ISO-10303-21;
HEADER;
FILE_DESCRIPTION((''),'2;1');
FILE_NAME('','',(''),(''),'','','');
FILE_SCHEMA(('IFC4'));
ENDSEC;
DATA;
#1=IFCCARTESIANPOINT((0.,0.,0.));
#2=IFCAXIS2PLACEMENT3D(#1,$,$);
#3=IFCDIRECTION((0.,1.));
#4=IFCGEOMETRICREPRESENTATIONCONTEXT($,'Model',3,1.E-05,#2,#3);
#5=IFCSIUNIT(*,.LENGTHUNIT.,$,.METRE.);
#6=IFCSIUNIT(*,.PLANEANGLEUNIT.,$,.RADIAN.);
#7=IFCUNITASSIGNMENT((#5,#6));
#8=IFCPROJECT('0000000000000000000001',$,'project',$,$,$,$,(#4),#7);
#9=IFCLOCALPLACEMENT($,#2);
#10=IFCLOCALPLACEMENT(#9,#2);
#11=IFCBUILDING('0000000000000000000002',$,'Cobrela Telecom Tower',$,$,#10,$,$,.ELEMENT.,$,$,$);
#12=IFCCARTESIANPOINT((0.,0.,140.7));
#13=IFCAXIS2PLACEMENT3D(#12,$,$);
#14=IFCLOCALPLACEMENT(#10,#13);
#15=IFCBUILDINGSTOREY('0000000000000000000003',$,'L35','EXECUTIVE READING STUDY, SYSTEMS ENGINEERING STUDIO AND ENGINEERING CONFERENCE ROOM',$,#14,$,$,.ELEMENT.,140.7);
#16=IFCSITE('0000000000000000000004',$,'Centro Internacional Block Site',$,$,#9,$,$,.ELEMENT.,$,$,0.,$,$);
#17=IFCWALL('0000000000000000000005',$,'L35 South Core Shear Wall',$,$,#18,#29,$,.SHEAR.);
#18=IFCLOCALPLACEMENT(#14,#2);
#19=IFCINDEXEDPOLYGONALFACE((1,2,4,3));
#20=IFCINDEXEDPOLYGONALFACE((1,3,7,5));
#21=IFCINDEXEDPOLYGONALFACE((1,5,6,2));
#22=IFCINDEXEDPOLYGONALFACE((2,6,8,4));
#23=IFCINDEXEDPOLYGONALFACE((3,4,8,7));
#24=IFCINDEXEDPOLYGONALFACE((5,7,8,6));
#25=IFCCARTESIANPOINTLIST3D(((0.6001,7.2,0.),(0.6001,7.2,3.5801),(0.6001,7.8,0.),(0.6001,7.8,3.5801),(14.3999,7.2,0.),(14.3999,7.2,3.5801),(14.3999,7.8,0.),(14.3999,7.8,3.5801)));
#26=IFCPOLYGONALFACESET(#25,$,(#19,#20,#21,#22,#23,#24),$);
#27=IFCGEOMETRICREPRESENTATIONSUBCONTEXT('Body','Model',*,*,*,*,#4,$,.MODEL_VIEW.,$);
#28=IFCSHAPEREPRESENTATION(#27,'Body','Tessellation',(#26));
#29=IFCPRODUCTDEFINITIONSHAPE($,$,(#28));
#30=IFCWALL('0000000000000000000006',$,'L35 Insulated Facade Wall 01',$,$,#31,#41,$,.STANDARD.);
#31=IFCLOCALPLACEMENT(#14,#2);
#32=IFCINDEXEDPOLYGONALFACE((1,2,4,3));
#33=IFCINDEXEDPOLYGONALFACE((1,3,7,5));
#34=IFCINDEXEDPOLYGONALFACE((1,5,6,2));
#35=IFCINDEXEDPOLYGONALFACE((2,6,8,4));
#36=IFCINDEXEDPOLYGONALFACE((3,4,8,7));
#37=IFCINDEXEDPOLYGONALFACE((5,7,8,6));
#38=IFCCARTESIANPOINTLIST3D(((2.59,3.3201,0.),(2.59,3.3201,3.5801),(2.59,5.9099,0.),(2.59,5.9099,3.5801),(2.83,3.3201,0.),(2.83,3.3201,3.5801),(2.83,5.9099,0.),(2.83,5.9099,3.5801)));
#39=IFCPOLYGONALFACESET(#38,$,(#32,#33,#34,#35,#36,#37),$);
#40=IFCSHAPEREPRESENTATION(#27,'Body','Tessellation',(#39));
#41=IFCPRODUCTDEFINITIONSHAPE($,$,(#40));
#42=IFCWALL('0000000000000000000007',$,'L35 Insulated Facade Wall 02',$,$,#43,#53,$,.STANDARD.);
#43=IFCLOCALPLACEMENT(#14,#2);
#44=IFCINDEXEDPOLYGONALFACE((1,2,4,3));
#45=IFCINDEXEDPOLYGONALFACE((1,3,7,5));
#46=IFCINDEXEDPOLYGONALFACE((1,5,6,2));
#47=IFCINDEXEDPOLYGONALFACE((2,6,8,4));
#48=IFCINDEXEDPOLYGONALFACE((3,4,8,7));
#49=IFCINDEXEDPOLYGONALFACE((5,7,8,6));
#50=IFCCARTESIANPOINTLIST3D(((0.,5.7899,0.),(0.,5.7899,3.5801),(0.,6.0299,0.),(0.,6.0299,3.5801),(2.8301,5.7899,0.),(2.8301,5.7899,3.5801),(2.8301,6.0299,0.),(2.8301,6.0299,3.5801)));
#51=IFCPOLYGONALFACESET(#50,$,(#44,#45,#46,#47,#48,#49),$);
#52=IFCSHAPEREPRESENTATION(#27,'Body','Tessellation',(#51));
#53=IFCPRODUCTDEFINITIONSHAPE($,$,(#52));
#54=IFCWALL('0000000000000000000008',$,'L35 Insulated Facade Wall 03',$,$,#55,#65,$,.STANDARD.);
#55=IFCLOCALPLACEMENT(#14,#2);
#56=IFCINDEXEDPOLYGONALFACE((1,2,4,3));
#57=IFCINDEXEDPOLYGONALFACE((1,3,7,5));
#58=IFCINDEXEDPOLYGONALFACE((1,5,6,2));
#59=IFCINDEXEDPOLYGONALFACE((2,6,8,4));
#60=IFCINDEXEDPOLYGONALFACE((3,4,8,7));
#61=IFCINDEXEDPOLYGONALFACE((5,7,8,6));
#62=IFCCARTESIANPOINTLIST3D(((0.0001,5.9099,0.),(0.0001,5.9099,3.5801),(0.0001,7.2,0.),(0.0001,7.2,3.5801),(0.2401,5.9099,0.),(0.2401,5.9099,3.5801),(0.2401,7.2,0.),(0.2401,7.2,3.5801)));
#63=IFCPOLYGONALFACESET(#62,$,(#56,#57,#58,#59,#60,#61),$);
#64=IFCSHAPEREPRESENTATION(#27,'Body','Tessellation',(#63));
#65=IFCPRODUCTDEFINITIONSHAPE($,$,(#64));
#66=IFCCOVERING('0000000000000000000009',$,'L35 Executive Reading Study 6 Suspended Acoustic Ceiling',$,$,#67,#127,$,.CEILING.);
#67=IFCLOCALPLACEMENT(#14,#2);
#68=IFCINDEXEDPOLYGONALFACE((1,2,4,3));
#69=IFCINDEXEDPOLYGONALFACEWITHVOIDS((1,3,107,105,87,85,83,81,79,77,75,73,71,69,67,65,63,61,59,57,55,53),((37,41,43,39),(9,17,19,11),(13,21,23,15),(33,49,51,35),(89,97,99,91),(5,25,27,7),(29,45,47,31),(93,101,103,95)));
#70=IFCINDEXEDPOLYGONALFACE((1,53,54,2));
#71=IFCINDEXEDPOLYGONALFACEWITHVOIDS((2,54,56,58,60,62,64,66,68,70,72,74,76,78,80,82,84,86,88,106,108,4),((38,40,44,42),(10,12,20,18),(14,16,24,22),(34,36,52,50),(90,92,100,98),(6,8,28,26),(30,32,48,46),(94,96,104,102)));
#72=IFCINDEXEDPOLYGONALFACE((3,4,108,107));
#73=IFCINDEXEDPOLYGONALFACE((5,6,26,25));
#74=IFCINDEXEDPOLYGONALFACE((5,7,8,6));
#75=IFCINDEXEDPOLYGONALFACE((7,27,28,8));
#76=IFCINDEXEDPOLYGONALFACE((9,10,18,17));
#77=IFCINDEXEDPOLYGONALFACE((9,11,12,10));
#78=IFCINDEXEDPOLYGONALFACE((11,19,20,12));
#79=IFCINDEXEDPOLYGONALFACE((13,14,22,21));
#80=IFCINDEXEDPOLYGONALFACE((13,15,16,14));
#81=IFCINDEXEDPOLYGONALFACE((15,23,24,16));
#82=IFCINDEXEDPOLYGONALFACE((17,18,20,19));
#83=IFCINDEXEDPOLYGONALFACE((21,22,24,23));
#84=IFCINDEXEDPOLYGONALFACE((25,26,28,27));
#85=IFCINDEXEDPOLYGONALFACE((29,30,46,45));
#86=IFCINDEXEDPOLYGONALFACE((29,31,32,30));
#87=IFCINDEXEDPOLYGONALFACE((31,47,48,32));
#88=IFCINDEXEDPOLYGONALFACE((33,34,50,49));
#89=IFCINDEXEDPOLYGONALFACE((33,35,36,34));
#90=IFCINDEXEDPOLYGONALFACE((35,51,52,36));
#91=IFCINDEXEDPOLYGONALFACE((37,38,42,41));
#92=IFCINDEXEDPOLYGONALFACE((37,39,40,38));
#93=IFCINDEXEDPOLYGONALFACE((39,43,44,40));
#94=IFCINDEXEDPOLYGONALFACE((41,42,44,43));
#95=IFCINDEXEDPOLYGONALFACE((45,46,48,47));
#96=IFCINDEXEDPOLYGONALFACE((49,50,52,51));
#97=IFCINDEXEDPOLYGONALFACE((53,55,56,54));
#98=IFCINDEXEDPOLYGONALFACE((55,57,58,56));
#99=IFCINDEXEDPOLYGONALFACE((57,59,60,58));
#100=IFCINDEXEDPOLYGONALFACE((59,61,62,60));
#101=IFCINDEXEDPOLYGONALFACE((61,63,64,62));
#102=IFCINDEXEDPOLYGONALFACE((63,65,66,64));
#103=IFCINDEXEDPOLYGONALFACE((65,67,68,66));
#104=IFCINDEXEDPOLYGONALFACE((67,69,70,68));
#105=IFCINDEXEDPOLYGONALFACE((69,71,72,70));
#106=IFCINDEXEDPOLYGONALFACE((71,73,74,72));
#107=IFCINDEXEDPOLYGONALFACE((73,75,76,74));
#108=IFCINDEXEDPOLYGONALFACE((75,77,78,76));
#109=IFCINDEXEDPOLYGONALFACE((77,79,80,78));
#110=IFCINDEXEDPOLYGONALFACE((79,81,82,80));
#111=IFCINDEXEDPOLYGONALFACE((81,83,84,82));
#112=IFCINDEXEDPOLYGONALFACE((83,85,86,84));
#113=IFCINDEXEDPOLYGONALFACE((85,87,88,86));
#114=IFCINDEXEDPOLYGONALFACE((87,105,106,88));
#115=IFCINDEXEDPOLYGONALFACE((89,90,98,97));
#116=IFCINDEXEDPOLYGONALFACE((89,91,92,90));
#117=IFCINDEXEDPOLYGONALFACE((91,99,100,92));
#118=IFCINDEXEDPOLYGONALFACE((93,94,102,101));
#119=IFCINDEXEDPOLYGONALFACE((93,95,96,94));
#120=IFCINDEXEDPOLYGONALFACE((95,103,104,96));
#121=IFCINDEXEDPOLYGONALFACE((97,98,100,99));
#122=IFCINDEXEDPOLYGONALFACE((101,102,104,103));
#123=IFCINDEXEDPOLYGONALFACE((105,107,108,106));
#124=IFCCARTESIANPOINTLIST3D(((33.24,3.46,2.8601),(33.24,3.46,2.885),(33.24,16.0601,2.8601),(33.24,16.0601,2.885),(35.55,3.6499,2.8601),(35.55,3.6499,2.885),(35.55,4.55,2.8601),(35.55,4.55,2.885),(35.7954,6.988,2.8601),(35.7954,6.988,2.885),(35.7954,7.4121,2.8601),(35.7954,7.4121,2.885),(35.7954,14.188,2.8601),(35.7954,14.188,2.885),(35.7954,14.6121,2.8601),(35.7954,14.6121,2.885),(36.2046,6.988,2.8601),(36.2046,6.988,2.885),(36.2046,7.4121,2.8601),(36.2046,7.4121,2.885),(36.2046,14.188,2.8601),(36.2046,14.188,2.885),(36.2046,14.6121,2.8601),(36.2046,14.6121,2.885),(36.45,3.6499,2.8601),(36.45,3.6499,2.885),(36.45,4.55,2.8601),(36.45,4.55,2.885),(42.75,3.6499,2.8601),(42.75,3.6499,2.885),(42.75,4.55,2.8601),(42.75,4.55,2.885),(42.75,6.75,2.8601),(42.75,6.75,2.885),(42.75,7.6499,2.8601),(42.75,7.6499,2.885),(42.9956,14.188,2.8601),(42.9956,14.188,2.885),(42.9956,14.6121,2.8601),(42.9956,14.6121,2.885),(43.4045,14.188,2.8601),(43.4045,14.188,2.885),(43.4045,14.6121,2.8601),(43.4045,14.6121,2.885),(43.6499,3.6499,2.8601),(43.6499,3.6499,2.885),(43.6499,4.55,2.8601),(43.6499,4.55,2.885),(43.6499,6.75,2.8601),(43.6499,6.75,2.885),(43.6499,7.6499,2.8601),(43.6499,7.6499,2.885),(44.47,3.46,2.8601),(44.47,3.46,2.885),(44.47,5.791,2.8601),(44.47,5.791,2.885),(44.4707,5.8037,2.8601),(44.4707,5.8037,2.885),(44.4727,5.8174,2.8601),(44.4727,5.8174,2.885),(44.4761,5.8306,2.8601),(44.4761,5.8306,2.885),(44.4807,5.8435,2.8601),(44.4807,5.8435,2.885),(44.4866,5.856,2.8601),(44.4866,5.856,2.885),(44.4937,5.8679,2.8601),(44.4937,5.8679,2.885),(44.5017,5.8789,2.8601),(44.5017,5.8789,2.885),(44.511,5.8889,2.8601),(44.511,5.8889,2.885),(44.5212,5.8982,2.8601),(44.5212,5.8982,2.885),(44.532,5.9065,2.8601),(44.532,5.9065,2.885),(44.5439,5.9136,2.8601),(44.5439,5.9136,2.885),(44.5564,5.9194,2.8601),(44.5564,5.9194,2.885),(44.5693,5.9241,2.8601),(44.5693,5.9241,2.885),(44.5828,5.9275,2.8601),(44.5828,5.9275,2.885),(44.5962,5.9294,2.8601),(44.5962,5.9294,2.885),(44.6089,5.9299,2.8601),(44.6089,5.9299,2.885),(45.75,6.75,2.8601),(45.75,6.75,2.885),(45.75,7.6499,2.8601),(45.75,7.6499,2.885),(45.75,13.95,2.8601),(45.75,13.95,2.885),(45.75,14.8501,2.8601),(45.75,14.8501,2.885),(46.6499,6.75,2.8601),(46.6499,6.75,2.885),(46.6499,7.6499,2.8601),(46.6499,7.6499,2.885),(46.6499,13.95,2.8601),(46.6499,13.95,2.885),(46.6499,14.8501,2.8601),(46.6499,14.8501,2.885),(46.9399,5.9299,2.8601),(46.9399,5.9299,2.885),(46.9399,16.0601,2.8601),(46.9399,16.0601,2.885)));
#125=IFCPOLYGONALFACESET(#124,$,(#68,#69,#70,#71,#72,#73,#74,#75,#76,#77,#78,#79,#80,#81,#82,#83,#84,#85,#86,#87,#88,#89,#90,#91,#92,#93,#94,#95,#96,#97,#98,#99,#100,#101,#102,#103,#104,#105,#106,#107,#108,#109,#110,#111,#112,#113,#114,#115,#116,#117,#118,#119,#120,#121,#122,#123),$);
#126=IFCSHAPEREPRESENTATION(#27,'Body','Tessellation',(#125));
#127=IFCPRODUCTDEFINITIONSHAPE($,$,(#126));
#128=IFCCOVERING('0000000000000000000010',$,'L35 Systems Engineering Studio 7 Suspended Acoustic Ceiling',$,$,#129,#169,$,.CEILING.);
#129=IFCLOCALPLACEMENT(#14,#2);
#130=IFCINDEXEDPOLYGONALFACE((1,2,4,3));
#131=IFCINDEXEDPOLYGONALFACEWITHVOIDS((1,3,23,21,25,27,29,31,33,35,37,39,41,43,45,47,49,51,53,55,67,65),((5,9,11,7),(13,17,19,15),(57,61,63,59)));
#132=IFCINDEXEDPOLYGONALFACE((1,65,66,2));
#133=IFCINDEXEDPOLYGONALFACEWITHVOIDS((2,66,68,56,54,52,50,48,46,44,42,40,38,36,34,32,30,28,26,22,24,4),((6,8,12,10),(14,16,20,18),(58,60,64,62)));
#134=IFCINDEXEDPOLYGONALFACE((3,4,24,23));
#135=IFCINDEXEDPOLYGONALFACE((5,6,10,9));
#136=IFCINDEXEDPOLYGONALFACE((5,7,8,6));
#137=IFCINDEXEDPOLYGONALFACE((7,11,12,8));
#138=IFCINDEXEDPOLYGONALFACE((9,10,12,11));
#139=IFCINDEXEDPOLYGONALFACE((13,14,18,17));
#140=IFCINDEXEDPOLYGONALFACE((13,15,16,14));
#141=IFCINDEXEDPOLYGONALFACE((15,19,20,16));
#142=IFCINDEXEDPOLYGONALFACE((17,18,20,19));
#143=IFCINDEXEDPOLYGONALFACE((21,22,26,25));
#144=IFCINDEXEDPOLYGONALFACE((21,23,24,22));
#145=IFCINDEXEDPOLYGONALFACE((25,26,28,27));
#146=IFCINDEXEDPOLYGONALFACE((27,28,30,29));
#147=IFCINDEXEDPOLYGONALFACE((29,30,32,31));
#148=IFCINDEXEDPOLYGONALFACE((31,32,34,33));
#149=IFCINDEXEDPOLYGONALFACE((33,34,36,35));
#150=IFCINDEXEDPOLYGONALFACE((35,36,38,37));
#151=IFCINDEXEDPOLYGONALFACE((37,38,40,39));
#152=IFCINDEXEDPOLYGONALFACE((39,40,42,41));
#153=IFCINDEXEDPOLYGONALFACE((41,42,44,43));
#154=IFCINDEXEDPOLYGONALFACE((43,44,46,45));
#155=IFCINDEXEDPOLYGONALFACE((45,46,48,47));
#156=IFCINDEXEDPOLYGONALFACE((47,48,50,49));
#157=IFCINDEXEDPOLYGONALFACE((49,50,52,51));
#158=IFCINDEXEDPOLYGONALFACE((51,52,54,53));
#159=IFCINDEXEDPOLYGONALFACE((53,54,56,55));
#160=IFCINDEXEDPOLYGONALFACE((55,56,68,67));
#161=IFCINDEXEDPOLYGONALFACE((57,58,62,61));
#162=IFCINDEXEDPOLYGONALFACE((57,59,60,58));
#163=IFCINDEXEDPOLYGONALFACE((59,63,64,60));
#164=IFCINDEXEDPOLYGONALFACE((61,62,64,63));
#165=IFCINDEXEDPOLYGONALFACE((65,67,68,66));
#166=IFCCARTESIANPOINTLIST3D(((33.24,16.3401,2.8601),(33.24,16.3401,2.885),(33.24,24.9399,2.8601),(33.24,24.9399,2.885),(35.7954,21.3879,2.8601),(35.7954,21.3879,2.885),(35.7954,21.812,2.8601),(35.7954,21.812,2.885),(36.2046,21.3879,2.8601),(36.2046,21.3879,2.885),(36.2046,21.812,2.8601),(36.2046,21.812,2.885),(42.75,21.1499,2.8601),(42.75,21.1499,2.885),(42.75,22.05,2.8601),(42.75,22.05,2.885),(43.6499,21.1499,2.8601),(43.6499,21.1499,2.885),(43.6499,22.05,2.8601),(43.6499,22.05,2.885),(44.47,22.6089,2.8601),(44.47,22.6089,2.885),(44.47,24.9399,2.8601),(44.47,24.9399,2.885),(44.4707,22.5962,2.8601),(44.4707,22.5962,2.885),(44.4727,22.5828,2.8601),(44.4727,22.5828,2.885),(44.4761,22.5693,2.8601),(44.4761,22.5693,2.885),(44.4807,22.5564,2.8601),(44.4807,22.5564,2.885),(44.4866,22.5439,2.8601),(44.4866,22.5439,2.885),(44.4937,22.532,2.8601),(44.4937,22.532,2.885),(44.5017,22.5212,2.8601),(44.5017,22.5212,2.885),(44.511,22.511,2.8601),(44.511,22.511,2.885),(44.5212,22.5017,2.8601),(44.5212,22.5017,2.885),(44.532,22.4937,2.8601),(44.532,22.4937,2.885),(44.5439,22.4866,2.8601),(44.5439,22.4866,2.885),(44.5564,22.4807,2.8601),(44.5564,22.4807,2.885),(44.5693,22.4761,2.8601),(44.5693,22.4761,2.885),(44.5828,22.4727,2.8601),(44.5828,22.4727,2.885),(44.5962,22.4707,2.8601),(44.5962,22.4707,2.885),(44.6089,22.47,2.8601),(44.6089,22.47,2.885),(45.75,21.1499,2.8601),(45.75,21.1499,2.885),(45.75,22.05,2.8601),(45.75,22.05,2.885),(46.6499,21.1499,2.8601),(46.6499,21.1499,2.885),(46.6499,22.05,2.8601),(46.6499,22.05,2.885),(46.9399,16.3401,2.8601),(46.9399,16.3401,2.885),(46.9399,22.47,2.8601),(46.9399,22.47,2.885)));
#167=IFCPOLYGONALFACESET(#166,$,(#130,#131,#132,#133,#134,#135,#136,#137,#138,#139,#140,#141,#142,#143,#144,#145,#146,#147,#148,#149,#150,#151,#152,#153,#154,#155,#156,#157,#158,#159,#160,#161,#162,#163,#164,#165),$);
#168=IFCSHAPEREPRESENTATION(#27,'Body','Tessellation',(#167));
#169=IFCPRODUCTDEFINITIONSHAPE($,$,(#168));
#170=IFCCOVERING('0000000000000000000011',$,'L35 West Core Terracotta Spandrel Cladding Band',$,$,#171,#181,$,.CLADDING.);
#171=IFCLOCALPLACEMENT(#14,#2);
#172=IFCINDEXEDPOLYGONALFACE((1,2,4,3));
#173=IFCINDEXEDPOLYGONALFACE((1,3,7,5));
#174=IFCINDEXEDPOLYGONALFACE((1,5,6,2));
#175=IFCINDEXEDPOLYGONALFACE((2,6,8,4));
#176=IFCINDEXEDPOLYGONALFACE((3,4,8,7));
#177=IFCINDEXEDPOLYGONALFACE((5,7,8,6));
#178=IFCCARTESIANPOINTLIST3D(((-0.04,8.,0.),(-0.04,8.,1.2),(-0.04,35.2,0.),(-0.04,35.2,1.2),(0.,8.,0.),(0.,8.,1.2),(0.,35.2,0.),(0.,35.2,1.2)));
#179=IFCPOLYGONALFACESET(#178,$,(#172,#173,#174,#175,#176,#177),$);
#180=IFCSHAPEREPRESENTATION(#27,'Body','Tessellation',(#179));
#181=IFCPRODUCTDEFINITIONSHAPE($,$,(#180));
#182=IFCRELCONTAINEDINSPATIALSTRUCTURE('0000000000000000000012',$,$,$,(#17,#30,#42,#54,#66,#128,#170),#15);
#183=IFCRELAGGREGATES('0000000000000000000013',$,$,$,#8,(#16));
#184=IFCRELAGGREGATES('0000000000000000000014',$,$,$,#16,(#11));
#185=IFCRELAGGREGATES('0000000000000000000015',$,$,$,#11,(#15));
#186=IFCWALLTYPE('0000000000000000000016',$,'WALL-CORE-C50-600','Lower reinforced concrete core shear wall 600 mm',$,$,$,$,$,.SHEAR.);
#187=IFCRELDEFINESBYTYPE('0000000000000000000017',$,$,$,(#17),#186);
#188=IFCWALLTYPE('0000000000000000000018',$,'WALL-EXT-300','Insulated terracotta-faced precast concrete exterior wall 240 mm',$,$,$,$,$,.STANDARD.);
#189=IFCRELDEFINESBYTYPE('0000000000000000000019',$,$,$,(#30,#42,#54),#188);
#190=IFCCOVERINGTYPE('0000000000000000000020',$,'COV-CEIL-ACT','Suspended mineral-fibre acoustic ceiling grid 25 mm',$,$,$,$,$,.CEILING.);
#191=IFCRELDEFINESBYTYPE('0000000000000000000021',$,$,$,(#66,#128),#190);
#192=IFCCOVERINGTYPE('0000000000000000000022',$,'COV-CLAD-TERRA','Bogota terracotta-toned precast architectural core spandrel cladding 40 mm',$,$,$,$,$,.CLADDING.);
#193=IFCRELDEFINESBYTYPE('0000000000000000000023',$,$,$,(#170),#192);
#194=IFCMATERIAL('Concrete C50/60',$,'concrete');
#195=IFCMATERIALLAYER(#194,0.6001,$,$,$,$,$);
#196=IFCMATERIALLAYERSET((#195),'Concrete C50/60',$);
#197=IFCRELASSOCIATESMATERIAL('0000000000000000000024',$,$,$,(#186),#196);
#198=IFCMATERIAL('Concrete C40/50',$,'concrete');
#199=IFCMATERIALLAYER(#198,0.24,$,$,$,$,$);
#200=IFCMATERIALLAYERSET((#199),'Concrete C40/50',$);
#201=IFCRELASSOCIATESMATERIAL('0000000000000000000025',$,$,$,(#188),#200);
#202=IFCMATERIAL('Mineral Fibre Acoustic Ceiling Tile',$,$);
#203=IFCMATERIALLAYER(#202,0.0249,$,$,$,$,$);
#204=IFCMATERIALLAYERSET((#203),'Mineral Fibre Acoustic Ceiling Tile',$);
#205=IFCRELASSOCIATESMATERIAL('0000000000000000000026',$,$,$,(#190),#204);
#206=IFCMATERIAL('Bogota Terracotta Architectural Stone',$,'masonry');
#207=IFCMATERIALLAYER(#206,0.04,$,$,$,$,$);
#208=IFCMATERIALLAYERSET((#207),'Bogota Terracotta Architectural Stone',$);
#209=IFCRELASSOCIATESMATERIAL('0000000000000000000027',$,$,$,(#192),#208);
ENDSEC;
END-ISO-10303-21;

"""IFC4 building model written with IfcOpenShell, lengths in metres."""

from ifc_helpers import new_model, si_unit, direction, frame, frame_2d, origin, place, context, subcontext, project, spatial, polyline, rectangle, outline, extrude, material, layer, layer_set, type_object, element, save


model = new_model("IFC4")

# Units and contexts
model_context = context("Model", 3, precision=1e-05, world=origin(), true_north=direction((0.0, 1.0)))
body_context = subcontext(model_context, "Body", "Model", "MODEL_VIEW")
ifc_project = project(units=[si_unit("LENGTHUNIT", "METRE"), si_unit("PLANEANGLEUNIT", "RADIAN")], contexts=[model_context])

# Site, building, storey
site_placement = place(None, origin())
site = spatial("IfcSite", under=ifc_project, at=site_placement, Name="Centro Internacional Block Site", CompositionType="ELEMENT", RefElevation=0.0)
building_placement = place(site_placement, origin())
building = spatial("IfcBuilding", under=site, at=building_placement, Name="Cobrela Telecom Tower", CompositionType="ELEMENT")
storey_placement = place(building_placement, frame((0.0, 0.0, 140.7)))
storey = spatial("IfcBuildingStorey", under=building, at=storey_placement, Name="L35", Description="EXECUTIVE READING STUDY, SYSTEMS ENGINEERING STUDIO AND ENGINEERING CONFERENCE ROOM", CompositionType="ELEMENT", Elevation=140.7)

# Shared definitions
ifc_material_1 = material(Name="Concrete C40/50", Category="concrete")

# Walls
ifc_material_2 = material(Name="Concrete C50/60", Category="concrete")
ifc_layer_1 = layer(ifc_material_2, 0.6001)
ifc_layer_set_1 = layer_set([ifc_layer_1], Name="Concrete C50/60")
wall_type_1 = type_object("IfcWallType", Name="WALL-CORE-C50-600", Description="Lower reinforced concrete core shear wall 600 mm", PredefinedType="SHEAR", material=ifc_layer_set_1)
wall_1_placement = place(storey_placement, frame((0.6001, 7.5, 0.0), z_axis=(0.0, 0.0, 1.0), x_axis=(1.0, 0.0, 0.0)))
element("IfcWall", 1, at=wall_1_placement, inside=storey, type_object=wall_type_1, Name="L35 South Core Shear Wall", PredefinedType="SHEAR", context=body_context, shape_type="SweptSolid", body=[
    extrude(rectangle(XDim=13.7998, YDim=0.6001, at=frame_2d((6.8999, 0.0))), origin(), (0.0, 0.0, 1.0), 3.5801),
])
ifc_layer_2 = layer(ifc_material_1, 0.24)
ifc_layer_set_2 = layer_set([ifc_layer_2], Name="Concrete C40/50")
wall_type_2 = type_object("IfcWallType", Name="WALL-EXT-300", Description="Insulated terracotta-faced precast concrete exterior wall 240 mm", PredefinedType="STANDARD", material=ifc_layer_set_2)
wall_2_placement = place(storey_placement, frame((2.71, 3.3201, 0.0), z_axis=(0.0, 0.0, 1.0), x_axis=(0.0, 1.0, 0.0)))
element("IfcWall", 2, at=wall_2_placement, inside=storey, type_object=wall_type_2, Name="L35 Insulated Facade Wall 01", PredefinedType="STANDARD", context=body_context, shape_type="SweptSolid", body=[
    extrude(rectangle(XDim=2.5898, YDim=0.24, at=frame_2d((1.2949, 0.0))), origin(), (0.0, 0.0, 1.0), 3.5801),
])
wall_3_placement = place(storey_placement, frame((2.8301, 5.9099, 0.0), z_axis=(0.0, 0.0, 1.0), x_axis=(-1.0, 0.0, 0.0)))
element("IfcWall", 3, at=wall_3_placement, inside=storey, type_object=wall_type_2, Name="L35 Insulated Facade Wall 02", PredefinedType="STANDARD", context=body_context, shape_type="SweptSolid", body=[
    extrude(rectangle(XDim=2.8301, YDim=0.24, at=frame_2d((1.415, 0.0))), origin(), (0.0, 0.0, 1.0), 3.5801),
])
wall_4_placement = place(storey_placement, frame((0.1201, 5.9099, 0.0), z_axis=(0.0, 0.0, 1.0), x_axis=(0.0, 1.0, 0.0)))
element("IfcWall", 4, at=wall_4_placement, inside=storey, type_object=wall_type_2, Name="L35 Insulated Facade Wall 03", PredefinedType="STANDARD", context=body_context, shape_type="SweptSolid", body=[
    extrude(rectangle(XDim=1.29, YDim=0.24, at=frame_2d((0.645, 0.0))), origin(), (0.0, 0.0, 1.0), 3.5801),
])

# Coverings
ifc_material_3 = material(Name="Mineral Fibre Acoustic Ceiling Tile")
ifc_layer_3 = layer(ifc_material_3, 0.0249)
ifc_layer_set_3 = layer_set([ifc_layer_3], Name="Mineral Fibre Acoustic Ceiling Tile")
covering_type_1 = type_object("IfcCoveringType", Name="COV-CEIL-ACT", Description="Suspended mineral-fibre acoustic ceiling grid 25 mm", PredefinedType="CEILING", material=ifc_layer_set_3)
covering_1_placement = place(storey_placement, frame((0.0, 0.0, 2.8601)))
element("IfcCovering", 5, at=covering_1_placement, inside=storey, type_object=covering_type_1, Name="L35 Executive Reading Study 6 Suspended Acoustic Ceiling", PredefinedType="CEILING", context=body_context, shape_type="SweptSolid", body=[
    extrude(outline(polyline([(46.9399, 5.9299), (44.6089, 5.9299), (44.5962, 5.9294), (44.5828, 5.9275), (44.5693, 5.9241), (44.5564, 5.9194), (44.5439, 5.9136), (44.532, 5.9065), (44.5212, 5.8982), (44.511, 5.8889), (44.5017, 5.8789), (44.4937, 5.8679), (44.4866, 5.856), (44.4807, 5.8435), (44.4761, 5.8306), (44.4727, 5.8174), (44.4707, 5.8037), (44.47, 5.791), (44.47, 3.46), (33.24, 3.46), (33.24, 16.0601), (46.9399, 16.0601), (46.9399, 5.9299)]), holes=[polyline([(36.45, 3.6499), (36.45, 4.55), (35.55, 4.55), (35.55, 3.6499), (36.45, 3.6499)]), polyline([(43.6499, 3.6499), (43.6499, 4.55), (42.75, 4.55), (42.75, 3.6499), (43.6499, 3.6499)]), polyline([(36.2046, 6.988), (36.2046, 7.4121), (35.7954, 7.4121), (35.7954, 6.988), (36.2046, 6.988)]), polyline([(43.6499, 6.75), (43.6499, 7.6499), (42.75, 7.6499), (42.75, 6.75), (43.6499, 6.75)]), polyline([(46.6499, 6.75), (46.6499, 7.6499), (45.75, 7.6499), (45.75, 6.75), (46.6499, 6.75)]), polyline([(36.2046, 14.6121), (35.7954, 14.6121), (35.7954, 14.188), (36.2046, 14.188), (36.2046, 14.6121)]), polyline([(43.4045, 14.188), (43.4045, 14.6121), (42.9956, 14.6121), (42.9956, 14.188), (43.4045, 14.188)]), polyline([(46.6499, 13.95), (46.6499, 14.8501), (45.75, 14.8501), (45.75, 13.95), (46.6499, 13.95)])]), origin(), (0.0, 0.0, 1.0), 0.0249),
])
covering_2_placement = place(storey_placement, frame((0.0, 0.0, 2.8601)))
element("IfcCovering", 6, at=covering_2_placement, inside=storey, type_object=covering_type_1, Name="L35 Systems Engineering Studio 7 Suspended Acoustic Ceiling", PredefinedType="CEILING", context=body_context, shape_type="SweptSolid", body=[
    extrude(outline(polyline([(44.47, 24.9399), (44.47, 22.6089), (44.4707, 22.5962), (44.4727, 22.5828), (44.4761, 22.5693), (44.4807, 22.5564), (44.4866, 22.5439), (44.4937, 22.532), (44.5017, 22.5212), (44.511, 22.511), (44.5212, 22.5017), (44.532, 22.4937), (44.5439, 22.4866), (44.5564, 22.4807), (44.5693, 22.4761), (44.5828, 22.4727), (44.5962, 22.4707), (44.6089, 22.47), (46.9399, 22.47), (46.9399, 16.3401), (33.24, 16.3401), (33.24, 24.9399), (44.47, 24.9399)]), holes=[polyline([(36.2046, 21.3879), (36.2046, 21.812), (35.7954, 21.812), (35.7954, 21.3879), (36.2046, 21.3879)]), polyline([(43.6499, 21.1499), (43.6499, 22.05), (42.75, 22.05), (42.75, 21.1499), (43.6499, 21.1499)]), polyline([(46.6499, 21.1499), (46.6499, 22.05), (45.75, 22.05), (45.75, 21.1499), (46.6499, 21.1499)])]), origin(), (0.0, 0.0, 1.0), 0.0249),
])
ifc_material_4 = material(Name="Bogota Terracotta Architectural Stone", Category="masonry")
ifc_layer_4 = layer(ifc_material_4, 0.04)
ifc_layer_set_4 = layer_set([ifc_layer_4], Name="Bogota Terracotta Architectural Stone")
covering_type_2 = type_object("IfcCoveringType", Name="COV-CLAD-TERRA", Description="Bogota terracotta-toned precast architectural core spandrel cladding 40 mm", PredefinedType="CLADDING", material=ifc_layer_set_4)
covering_3_placement = place(storey_placement, origin())
element("IfcCovering", 7, at=covering_3_placement, inside=storey, type_object=covering_type_2, Name="L35 West Core Terracotta Spandrel Cladding Band", PredefinedType="CLADDING", context=body_context, shape_type="SweptSolid", body=[
    extrude(outline(polyline([(-0.04, 8.0), (0.0, 8.0), (0.0, 35.2), (-0.04, 35.2), (-0.04, 8.0)])), origin(), (0.0, 0.0, 1.0), 1.2),
])

save(model, "model.ifc")
